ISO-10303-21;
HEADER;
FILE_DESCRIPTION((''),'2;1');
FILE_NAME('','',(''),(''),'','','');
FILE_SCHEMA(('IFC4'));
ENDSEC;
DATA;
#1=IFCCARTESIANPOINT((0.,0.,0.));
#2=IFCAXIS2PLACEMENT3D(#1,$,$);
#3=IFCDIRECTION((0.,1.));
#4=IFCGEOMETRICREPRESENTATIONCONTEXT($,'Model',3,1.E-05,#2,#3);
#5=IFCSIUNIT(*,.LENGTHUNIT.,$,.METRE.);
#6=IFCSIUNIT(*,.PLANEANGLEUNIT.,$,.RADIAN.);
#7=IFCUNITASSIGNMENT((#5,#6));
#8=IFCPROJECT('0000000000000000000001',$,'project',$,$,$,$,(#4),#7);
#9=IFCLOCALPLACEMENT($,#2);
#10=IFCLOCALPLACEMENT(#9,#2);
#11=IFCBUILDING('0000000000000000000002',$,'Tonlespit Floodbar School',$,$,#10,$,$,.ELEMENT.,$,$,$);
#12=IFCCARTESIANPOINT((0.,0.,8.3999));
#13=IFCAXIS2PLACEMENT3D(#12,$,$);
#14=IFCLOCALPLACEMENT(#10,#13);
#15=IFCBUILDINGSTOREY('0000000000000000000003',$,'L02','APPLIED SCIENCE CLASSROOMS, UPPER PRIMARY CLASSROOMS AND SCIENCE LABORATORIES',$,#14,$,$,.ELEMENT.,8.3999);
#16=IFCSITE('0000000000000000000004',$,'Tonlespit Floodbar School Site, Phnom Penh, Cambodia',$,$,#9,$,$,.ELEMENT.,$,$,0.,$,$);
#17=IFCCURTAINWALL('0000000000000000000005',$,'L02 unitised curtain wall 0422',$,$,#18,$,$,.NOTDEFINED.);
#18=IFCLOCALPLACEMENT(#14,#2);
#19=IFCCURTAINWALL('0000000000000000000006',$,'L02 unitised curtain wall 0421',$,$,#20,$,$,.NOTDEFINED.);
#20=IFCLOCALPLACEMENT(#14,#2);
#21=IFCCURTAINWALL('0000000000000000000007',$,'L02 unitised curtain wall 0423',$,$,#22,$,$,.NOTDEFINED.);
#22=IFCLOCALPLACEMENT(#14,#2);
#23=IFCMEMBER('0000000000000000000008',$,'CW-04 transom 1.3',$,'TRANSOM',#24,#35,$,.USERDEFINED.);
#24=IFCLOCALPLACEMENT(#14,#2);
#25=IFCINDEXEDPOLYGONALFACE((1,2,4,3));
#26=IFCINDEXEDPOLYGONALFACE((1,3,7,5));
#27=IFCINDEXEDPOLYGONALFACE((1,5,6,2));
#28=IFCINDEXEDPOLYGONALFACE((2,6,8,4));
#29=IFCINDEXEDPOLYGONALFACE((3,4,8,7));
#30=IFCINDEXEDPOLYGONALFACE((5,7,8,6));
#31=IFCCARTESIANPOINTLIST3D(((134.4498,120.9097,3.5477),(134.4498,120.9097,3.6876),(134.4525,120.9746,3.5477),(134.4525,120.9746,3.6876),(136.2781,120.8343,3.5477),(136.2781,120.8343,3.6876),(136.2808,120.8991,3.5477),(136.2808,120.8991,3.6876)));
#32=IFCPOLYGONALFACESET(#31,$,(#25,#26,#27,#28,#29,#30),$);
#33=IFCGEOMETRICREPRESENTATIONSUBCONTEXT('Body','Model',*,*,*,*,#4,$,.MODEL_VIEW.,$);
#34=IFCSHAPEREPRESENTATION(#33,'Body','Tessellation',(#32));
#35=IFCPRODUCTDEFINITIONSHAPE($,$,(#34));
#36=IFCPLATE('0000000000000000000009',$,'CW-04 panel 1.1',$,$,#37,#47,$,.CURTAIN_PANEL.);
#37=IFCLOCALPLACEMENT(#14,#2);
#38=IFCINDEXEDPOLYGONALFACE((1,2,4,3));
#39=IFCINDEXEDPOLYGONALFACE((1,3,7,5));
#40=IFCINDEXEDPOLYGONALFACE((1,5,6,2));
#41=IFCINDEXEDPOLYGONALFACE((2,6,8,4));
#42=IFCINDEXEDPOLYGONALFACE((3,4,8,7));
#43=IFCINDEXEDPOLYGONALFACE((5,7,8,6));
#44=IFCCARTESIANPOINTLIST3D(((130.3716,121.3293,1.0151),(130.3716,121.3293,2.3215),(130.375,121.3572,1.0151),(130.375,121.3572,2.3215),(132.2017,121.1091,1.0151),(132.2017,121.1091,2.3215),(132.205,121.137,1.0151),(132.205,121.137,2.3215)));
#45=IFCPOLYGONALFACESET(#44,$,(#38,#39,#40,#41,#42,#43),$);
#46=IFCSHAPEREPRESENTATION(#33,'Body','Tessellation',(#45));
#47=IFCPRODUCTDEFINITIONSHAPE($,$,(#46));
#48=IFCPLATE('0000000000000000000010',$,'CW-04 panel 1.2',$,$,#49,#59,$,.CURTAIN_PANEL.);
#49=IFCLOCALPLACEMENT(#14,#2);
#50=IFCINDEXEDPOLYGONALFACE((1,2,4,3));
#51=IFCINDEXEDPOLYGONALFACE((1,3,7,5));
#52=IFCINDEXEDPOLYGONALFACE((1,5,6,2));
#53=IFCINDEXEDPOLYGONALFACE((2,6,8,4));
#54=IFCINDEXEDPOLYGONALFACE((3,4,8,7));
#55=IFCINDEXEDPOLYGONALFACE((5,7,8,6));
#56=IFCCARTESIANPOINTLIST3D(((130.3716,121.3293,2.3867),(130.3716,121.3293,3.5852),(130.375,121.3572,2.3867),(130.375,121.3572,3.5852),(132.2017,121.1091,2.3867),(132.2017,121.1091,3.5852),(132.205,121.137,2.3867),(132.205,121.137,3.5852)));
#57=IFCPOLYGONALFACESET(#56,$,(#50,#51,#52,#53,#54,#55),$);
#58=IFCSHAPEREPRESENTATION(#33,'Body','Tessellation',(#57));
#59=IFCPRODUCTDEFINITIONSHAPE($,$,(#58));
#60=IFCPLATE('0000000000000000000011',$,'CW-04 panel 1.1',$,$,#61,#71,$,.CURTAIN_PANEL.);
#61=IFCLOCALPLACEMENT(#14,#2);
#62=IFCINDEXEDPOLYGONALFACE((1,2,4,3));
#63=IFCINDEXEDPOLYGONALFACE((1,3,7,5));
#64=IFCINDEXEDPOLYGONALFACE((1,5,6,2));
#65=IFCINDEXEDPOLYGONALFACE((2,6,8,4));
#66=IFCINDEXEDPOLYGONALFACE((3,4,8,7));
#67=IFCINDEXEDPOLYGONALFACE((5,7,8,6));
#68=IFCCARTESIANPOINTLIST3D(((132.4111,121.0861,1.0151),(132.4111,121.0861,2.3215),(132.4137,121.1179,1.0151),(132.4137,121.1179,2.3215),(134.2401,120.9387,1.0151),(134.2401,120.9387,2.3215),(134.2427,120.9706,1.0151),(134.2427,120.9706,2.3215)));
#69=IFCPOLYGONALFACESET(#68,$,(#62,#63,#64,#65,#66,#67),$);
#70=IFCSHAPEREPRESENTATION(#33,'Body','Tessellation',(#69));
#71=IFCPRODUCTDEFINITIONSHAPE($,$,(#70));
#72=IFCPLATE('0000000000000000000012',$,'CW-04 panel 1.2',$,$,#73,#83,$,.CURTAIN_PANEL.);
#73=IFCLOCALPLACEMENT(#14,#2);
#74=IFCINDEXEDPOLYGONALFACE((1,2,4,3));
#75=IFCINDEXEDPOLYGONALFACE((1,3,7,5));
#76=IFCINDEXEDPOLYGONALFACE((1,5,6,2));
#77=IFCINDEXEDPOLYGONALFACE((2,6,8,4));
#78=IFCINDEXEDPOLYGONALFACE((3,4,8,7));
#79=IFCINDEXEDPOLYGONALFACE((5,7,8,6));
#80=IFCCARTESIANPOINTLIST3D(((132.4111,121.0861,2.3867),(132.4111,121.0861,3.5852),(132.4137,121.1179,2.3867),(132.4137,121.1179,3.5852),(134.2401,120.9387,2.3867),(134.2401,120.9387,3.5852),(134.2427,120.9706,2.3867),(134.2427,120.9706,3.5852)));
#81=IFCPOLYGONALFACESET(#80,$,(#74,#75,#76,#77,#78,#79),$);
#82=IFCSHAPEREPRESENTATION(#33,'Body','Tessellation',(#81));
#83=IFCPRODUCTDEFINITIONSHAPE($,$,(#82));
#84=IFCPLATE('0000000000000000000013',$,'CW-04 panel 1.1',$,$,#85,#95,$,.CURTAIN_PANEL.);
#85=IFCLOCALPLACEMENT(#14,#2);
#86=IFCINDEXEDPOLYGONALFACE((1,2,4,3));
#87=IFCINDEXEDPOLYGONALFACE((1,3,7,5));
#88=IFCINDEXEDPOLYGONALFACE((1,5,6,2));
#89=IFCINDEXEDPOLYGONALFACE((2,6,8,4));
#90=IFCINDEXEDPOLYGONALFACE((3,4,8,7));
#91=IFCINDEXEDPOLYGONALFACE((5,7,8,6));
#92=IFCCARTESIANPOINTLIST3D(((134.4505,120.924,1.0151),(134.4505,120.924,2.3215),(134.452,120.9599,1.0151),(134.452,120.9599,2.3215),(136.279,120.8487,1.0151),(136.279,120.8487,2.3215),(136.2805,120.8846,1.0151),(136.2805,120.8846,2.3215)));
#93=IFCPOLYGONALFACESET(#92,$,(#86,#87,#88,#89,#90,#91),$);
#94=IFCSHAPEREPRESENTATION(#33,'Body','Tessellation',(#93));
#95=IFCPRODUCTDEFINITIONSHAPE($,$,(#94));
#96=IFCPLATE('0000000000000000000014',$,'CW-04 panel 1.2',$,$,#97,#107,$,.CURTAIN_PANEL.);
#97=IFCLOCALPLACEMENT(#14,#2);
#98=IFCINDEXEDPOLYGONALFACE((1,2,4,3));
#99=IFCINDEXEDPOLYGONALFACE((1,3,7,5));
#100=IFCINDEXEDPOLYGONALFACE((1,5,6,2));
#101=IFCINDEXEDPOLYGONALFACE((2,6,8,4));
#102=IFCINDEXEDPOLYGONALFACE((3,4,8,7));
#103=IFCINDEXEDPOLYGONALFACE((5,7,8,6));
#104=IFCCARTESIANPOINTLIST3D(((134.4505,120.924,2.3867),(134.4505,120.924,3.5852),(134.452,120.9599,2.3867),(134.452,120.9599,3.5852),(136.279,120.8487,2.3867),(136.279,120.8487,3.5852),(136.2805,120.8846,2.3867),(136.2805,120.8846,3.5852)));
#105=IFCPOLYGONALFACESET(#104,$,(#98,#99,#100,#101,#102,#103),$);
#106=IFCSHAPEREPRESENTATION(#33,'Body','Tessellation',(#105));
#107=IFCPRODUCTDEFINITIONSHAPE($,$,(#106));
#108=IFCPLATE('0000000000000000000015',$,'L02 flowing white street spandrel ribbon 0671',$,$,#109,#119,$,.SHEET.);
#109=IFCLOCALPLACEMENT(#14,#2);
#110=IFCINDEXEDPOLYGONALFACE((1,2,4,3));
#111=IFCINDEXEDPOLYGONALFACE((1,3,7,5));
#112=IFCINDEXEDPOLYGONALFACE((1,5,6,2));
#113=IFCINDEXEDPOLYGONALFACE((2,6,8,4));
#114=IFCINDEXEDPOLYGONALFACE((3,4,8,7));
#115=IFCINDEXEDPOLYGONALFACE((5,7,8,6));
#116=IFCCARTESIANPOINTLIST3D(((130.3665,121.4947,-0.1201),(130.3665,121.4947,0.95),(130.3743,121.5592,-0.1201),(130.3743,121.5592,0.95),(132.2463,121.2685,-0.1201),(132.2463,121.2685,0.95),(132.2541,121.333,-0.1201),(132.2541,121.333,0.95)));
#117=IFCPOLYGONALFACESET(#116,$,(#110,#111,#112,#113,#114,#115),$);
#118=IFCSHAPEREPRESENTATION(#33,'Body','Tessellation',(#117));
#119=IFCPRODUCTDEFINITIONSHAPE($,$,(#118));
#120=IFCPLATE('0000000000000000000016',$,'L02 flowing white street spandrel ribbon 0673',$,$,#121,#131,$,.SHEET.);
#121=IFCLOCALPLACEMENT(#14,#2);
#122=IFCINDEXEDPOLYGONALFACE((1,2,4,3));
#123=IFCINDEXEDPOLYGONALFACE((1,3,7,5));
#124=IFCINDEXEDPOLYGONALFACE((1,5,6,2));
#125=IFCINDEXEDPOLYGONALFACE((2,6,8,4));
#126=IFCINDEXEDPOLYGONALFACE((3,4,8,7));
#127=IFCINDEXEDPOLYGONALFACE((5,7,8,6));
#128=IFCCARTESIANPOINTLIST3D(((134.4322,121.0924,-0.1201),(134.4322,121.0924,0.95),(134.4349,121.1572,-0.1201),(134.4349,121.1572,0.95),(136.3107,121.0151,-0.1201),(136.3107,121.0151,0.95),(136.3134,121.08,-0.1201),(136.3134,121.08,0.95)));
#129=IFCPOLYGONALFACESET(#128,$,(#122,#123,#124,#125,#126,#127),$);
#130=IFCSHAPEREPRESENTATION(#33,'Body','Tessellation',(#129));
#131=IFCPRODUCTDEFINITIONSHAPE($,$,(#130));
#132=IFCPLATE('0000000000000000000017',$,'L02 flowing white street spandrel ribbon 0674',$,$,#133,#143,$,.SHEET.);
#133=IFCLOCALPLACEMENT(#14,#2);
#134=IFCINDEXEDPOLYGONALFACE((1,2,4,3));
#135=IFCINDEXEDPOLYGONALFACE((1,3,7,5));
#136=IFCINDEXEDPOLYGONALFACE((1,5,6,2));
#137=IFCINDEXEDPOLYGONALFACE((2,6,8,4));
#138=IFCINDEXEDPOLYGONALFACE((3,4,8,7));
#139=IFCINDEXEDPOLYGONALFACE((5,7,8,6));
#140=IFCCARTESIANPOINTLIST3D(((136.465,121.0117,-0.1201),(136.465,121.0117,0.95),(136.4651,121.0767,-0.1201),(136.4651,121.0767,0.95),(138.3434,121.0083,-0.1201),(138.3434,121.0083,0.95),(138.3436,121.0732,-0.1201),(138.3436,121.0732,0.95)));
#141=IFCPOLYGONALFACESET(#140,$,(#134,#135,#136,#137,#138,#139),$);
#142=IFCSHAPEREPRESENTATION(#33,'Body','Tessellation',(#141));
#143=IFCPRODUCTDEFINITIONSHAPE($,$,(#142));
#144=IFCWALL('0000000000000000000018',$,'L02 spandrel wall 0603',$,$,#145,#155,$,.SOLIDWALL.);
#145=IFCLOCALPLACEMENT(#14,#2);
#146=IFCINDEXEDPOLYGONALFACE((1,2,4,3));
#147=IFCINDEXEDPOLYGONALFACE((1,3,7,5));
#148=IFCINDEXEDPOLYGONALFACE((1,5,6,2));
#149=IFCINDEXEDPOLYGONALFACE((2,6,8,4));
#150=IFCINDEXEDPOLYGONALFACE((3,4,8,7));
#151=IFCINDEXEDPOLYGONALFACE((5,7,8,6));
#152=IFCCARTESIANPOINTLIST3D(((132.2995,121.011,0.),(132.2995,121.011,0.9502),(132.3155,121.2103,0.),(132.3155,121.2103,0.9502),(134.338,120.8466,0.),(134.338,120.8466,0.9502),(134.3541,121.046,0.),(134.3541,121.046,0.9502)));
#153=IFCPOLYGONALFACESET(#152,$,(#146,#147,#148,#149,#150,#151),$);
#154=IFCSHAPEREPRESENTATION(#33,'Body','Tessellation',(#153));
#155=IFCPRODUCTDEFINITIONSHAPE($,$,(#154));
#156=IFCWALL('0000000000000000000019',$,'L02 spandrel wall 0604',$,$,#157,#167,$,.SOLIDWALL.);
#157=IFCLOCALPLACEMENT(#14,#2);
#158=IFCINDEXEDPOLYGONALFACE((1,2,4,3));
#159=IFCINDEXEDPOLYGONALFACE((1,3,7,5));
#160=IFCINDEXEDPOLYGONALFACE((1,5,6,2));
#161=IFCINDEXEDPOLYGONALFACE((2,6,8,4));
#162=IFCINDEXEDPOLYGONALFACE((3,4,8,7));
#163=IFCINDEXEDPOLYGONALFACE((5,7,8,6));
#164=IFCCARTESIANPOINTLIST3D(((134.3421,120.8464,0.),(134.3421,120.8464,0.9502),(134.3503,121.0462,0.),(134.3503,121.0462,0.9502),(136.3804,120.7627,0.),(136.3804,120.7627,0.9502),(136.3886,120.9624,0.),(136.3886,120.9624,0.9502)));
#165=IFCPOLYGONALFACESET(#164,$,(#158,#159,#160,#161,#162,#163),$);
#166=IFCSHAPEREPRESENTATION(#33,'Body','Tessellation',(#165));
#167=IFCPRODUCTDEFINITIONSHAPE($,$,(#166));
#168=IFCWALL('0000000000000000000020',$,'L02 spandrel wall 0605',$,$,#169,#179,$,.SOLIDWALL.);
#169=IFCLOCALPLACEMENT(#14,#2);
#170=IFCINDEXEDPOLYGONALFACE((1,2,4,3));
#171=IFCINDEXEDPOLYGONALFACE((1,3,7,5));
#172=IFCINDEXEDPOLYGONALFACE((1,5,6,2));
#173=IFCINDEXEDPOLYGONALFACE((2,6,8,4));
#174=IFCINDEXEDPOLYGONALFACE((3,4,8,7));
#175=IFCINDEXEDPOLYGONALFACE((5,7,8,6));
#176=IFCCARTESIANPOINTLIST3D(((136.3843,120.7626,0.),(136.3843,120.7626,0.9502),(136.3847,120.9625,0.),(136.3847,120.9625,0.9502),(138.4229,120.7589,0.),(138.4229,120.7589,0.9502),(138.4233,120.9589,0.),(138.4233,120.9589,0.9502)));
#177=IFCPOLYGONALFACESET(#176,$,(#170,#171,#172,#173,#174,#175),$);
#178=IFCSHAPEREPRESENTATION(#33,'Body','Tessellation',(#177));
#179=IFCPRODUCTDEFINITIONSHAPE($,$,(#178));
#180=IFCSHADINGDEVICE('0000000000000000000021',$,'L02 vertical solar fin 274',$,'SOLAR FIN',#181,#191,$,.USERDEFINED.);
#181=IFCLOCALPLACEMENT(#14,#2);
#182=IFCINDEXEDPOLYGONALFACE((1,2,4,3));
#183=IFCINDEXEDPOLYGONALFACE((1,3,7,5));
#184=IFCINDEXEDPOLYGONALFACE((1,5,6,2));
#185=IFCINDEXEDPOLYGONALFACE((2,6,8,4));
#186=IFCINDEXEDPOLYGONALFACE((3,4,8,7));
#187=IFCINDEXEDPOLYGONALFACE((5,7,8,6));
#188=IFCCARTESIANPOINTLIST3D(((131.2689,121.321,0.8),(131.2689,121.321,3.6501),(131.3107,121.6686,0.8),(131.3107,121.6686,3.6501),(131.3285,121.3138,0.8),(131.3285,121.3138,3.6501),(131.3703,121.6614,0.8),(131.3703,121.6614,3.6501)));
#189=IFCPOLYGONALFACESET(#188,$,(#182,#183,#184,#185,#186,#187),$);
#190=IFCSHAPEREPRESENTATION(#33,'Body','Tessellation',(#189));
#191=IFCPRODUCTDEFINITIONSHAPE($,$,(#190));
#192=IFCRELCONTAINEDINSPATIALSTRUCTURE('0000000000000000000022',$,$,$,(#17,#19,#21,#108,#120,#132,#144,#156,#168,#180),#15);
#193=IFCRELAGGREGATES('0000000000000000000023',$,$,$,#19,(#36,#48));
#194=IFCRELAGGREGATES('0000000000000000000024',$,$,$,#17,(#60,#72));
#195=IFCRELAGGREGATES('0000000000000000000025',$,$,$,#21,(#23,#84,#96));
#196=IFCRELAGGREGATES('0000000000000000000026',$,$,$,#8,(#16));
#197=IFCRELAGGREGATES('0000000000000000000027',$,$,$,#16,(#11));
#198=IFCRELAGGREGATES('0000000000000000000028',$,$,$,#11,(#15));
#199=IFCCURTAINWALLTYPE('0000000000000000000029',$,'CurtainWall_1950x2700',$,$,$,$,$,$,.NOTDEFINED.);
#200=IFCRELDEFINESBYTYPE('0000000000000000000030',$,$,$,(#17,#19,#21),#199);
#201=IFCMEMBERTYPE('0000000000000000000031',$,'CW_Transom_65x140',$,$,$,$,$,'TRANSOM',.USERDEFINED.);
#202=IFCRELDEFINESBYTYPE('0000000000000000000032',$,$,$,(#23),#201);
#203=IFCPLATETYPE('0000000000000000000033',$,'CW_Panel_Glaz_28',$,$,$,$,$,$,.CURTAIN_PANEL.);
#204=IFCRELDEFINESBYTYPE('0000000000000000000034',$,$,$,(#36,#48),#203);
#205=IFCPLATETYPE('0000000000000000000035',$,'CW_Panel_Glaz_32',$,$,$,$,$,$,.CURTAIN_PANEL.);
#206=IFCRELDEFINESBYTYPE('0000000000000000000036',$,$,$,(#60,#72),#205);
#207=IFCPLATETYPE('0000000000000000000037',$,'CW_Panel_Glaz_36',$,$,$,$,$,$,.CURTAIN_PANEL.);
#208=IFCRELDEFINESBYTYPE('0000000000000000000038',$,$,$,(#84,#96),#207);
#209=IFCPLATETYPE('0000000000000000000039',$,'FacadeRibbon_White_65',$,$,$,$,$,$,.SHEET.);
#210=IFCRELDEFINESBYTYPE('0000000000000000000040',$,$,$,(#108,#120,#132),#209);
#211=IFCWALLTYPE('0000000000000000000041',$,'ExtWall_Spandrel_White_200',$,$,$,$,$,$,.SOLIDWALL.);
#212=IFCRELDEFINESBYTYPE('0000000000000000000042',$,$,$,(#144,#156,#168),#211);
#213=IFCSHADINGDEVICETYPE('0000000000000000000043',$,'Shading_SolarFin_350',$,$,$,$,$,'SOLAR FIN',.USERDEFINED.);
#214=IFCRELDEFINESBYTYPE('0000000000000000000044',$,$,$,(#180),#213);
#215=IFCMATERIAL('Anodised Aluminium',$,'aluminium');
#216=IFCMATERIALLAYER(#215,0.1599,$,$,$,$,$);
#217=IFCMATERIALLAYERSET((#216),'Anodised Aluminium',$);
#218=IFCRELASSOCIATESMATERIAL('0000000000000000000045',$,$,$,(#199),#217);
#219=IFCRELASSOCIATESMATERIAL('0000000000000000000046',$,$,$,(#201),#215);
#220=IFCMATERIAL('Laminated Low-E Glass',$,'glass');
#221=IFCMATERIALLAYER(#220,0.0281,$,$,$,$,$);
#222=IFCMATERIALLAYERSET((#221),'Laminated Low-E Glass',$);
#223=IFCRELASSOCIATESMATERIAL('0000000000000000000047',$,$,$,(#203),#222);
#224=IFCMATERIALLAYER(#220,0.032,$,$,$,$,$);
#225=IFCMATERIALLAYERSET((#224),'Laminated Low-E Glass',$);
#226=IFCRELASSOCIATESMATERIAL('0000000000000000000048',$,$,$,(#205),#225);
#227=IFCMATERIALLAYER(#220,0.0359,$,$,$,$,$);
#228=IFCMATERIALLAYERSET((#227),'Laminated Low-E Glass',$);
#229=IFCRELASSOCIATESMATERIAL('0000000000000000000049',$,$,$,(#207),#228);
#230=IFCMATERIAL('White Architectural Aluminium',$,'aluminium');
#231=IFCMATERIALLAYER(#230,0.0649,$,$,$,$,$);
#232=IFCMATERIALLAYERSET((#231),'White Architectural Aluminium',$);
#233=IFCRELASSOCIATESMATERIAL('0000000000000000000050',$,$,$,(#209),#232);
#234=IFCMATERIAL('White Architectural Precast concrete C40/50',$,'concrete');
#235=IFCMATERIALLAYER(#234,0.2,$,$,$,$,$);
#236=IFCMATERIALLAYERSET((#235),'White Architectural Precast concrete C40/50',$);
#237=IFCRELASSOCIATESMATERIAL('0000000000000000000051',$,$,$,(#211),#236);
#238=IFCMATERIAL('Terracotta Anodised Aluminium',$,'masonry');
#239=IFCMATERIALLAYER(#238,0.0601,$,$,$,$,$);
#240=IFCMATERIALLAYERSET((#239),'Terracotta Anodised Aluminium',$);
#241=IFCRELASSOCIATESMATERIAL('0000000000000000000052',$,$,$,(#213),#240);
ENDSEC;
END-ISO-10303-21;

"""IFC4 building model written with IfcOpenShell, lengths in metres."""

from ifc_helpers import new_model, si_unit, direction, frame, frame_2d, origin, origin_2d, place, context, subcontext, project, spatial, rectangle, extrude, material, layer, layer_set, material_profile, profile_set, type_object, element, aggregate, save


model = new_model("IFC4")

# Units and contexts
model_context = context("Model", 3, precision=1e-05, world=origin(), true_north=direction((0.0, 1.0)))
body_context = subcontext(model_context, "Body", "Model", "MODEL_VIEW")
ifc_project = project(units=[si_unit("LENGTHUNIT", "METRE"), si_unit("PLANEANGLEUNIT", "RADIAN")], contexts=[model_context])

# Site, building, storey
site_placement = place(None, origin())
site = spatial("IfcSite", under=ifc_project, at=site_placement, Name="Tonlespit Floodbar School Site, Phnom Penh, Cambodia", CompositionType="ELEMENT", RefElevation=0.0)
building_placement = place(site_placement, origin())
building = spatial("IfcBuilding", under=site, at=building_placement, Name="Tonlespit Floodbar School", CompositionType="ELEMENT")
storey_placement = place(building_placement, frame((0.0, 0.0, 8.3999)))
storey = spatial("IfcBuildingStorey", under=building, at=storey_placement, Name="L02", Description="APPLIED SCIENCE CLASSROOMS, UPPER PRIMARY CLASSROOMS AND SCIENCE LABORATORIES", CompositionType="ELEMENT", Elevation=8.3999)

# Curtain wall
ifc_material_1 = material(Name="Anodised Aluminium", Category="aluminium")
ifc_layer_1 = layer(ifc_material_1, 0.1599)
ifc_layer_set_1 = layer_set([ifc_layer_1], Name="Anodised Aluminium")
curtain_wall_type = type_object("IfcCurtainWallType", Name="CurtainWall_1950x2700", PredefinedType="NOTDEFINED", material=ifc_layer_set_1)
curtain_wall_1_placement = place(storey_placement, origin())
curtain_wall_1 = element("IfcCurtainWall", 1, at=curtain_wall_1_placement, inside=storey, type_object=curtain_wall_type, Name="L02 unitised curtain wall 0422", PredefinedType="NOTDEFINED")

# Curtain wall
curtain_wall_2_placement = place(storey_placement, origin())
curtain_wall_2 = element("IfcCurtainWall", 2, at=curtain_wall_2_placement, inside=storey, type_object=curtain_wall_type, Name="L02 unitised curtain wall 0421", PredefinedType="NOTDEFINED")

# Curtain wall
curtain_wall_3_placement = place(storey_placement, origin())
curtain_wall_3 = element("IfcCurtainWall", 3, at=curtain_wall_3_placement, inside=storey, type_object=curtain_wall_type, Name="L02 unitised curtain wall 0423", PredefinedType="NOTDEFINED")

# Member
ifc_material_profile_1 = material_profile(ifc_material_1, rectangle(XDim=0.0649, YDim=0.1399, at=origin_2d()), Name="ALU T65x140")
ifc_profile_set_1 = profile_set([ifc_material_profile_1], Name="Anodised Aluminium")
member_type_1 = type_object("IfcMemberType", Name="CW_Transom_65x140", ElementType="TRANSOM", PredefinedType="USERDEFINED", material=ifc_profile_set_1)
member_1_placement = place(storey_placement, frame((134.4512, 120.9421, 3.6177), z_axis=(0.99915, -0.041225, 0.0), x_axis=(0.041225, 0.99915, 0.0)))
member_1 = element("IfcMember", 4, at=member_1_placement, type_object=member_type_1, Name="CW-04 transom 1.3", ObjectType="TRANSOM", PredefinedType="USERDEFINED", context=body_context, shape_type="SweptSolid", body=[
    extrude(rectangle(XDim=0.0649, YDim=0.1399, at=origin_2d()), origin(), (0.0, 0.0, 1.0), 1.8298),
])

# Plates
ifc_material_2 = material(Name="Laminated Low-E Glass", Category="glass")
ifc_layer_2 = layer(ifc_material_2, 0.0281)
ifc_layer_set_2 = layer_set([ifc_layer_2], Name="Laminated Low-E Glass")
plate_type_1 = type_object("IfcPlateType", Name="CW_Panel_Glaz_28", PredefinedType="CURTAIN_PANEL", material=ifc_layer_set_2)
plate_1_placement = place(storey_placement, frame((131.2883, 121.2332, 1.0151), z_axis=(0.0, 0.0, 1.0), x_axis=(0.99284, -0.119449, 0.0)))
plate_1 = element("IfcPlate", 5, at=plate_1_placement, type_object=plate_type_1, Name="CW-04 panel 1.1", PredefinedType="CURTAIN_PANEL", context=body_context, shape_type="SweptSolid", body=[
    extrude(rectangle(XDim=1.8433, YDim=0.0281, at=origin_2d()), origin(), (0.0, 0.0, 1.0), 1.3064),
])
plate_2_placement = place(storey_placement, frame((131.2883, 121.2332, 2.3867), z_axis=(0.0, 0.0, 1.0), x_axis=(0.99284, -0.119449, 0.0)))
plate_2 = element("IfcPlate", 6, at=plate_2_placement, type_object=plate_type_1, Name="CW-04 panel 1.2", PredefinedType="CURTAIN_PANEL", context=body_context, shape_type="SweptSolid", body=[
    extrude(rectangle(XDim=1.8433, YDim=0.0281, at=origin_2d()), origin(), (0.0, 0.0, 1.0), 1.1985),
])
aggregate(curtain_wall_2, [plate_1, plate_2])
ifc_layer_3 = layer(ifc_material_2, 0.032)
ifc_layer_set_3 = layer_set([ifc_layer_3], Name="Laminated Low-E Glass")
plate_type_2 = type_object("IfcPlateType", Name="CW_Panel_Glaz_32", PredefinedType="CURTAIN_PANEL", material=ifc_layer_set_3)
plate_3_placement = place(storey_placement, frame((133.3269, 121.0283, 1.0151), z_axis=(0.0, 0.0, 1.0), x_axis=(0.99677, -0.080303, 0.0)))
plate_3 = element("IfcPlate", 7, at=plate_3_placement, type_object=plate_type_2, Name="CW-04 panel 1.1", PredefinedType="CURTAIN_PANEL", context=body_context, shape_type="SweptSolid", body=[
    extrude(rectangle(XDim=1.835, YDim=0.032, at=origin_2d()), origin(), (0.0, 0.0, 1.0), 1.3064),
])
plate_4_placement = place(storey_placement, frame((133.3269, 121.0283, 2.3867), z_axis=(0.0, 0.0, 1.0), x_axis=(0.99677, -0.080303, 0.0)))
plate_4 = element("IfcPlate", 8, at=plate_4_placement, type_object=plate_type_2, Name="CW-04 panel 1.2", PredefinedType="CURTAIN_PANEL", context=body_context, shape_type="SweptSolid", body=[
    extrude(rectangle(XDim=1.835, YDim=0.032, at=origin_2d()), origin(), (0.0, 0.0, 1.0), 1.1985),
])
aggregate(curtain_wall_1, [plate_3, plate_4])
ifc_layer_4 = layer(ifc_material_2, 0.0359)
ifc_layer_set_4 = layer_set([ifc_layer_4], Name="Laminated Low-E Glass")
plate_type_3 = type_object("IfcPlateType", Name="CW_Panel_Glaz_36", PredefinedType="CURTAIN_PANEL", material=ifc_layer_set_4)
plate_5_placement = place(storey_placement, frame((135.3655, 120.9043, 1.0151), z_axis=(0.0, 0.0, 1.0), x_axis=(0.999154, -0.041121, 0.0)))
plate_5 = element("IfcPlate", 9, at=plate_5_placement, type_object=plate_type_3, Name="CW-04 panel 1.1", PredefinedType="CURTAIN_PANEL", context=body_context, shape_type="SweptSolid", body=[
    extrude(rectangle(XDim=1.8301, YDim=0.0359, at=origin_2d()), origin(), (0.0, 0.0, 1.0), 1.3064),
])
plate_6_placement = place(storey_placement, frame((135.3655, 120.9043, 2.3867), z_axis=(0.0, 0.0, 1.0), x_axis=(0.999154, -0.041121, 0.0)))
plate_6 = element("IfcPlate", 10, at=plate_6_placement, type_object=plate_type_3, Name="CW-04 panel 1.2", PredefinedType="CURTAIN_PANEL", context=body_context, shape_type="SweptSolid", body=[
    extrude(rectangle(XDim=1.8301, YDim=0.0359, at=origin_2d()), origin(), (0.0, 0.0, 1.0), 1.1985),
])
aggregate(curtain_wall_3, [member_1, plate_5, plate_6])

# Plates
ifc_material_3 = material(Name="White Architectural Aluminium", Category="aluminium")
ifc_layer_5 = layer(ifc_material_3, 0.0649)
ifc_layer_set_5 = layer_set([ifc_layer_5], Name="White Architectural Aluminium")
plate_type_4 = type_object("IfcPlateType", Name="FacadeRibbon_White_65", PredefinedType="SHEET", material=ifc_layer_set_5)
plate_7_placement = place(storey_placement, frame((131.3103, 121.4138, -0.1201), z_axis=(0.0, 0.0, 1.0), x_axis=(0.992838, -0.119471, 0.0)))
element("IfcPlate", 11, at=plate_7_placement, inside=storey, type_object=plate_type_4, Name="L02 flowing white street spandrel ribbon 0671", PredefinedType="SHEET", context=body_context, shape_type="SweptSolid", body=[
    extrude(rectangle(XDim=1.8933, YDim=0.0649, at=origin_2d()), origin(), (0.0, 0.0, 1.0), 1.0701),
])
plate_8_placement = place(storey_placement, frame((135.3728, 121.0862, -0.1201), z_axis=(0.0, 0.0, 1.0), x_axis=(0.999156, -0.041075, 0.0)))
element("IfcPlate", 12, at=plate_8_placement, inside=storey, type_object=plate_type_4, Name="L02 flowing white street spandrel ribbon 0673", PredefinedType="SHEET", context=body_context, shape_type="SweptSolid", body=[
    extrude(rectangle(XDim=1.8801, YDim=0.0649, at=origin_2d()), origin(), (0.0, 0.0, 1.0), 1.0701),
])
plate_9_placement = place(storey_placement, frame((137.4043, 121.0425, -0.1201), z_axis=(0.0, 0.0, 1.0), x_axis=(0.999998, -0.001815, 0.0)))
element("IfcPlate", 13, at=plate_9_placement, inside=storey, type_object=plate_type_4, Name="L02 flowing white street spandrel ribbon 0674", PredefinedType="SHEET", context=body_context, shape_type="SweptSolid", body=[
    extrude(rectangle(XDim=1.8784, YDim=0.0649, at=origin_2d()), origin(), (0.0, 0.0, 1.0), 1.0701),
])

# Walls
ifc_material_4 = material(Name="White Architectural Precast concrete C40/50", Category="concrete")
ifc_layer_6 = layer(ifc_material_4, 0.2)
ifc_layer_set_6 = layer_set([ifc_layer_6], Name="White Architectural Precast concrete C40/50")
wall_type = type_object("IfcWallType", Name="ExtWall_Spandrel_White_200", PredefinedType="SOLIDWALL", material=ifc_layer_set_6)
wall_1_placement = place(storey_placement, frame((132.3076, 121.1106, 0.0), z_axis=(0.0, 0.0, 1.0), x_axis=(0.996768, -0.080338, 0.0)))
element("IfcWall", 14, at=wall_1_placement, inside=storey, type_object=wall_type, Name="L02 spandrel wall 0603", PredefinedType="SOLIDWALL", context=body_context, shape_type="SweptSolid", body=[
    extrude(rectangle(XDim=2.0452, YDim=0.2, at=frame_2d((1.0225, 0.0))), origin(), (0.0, 0.0, 1.0), 0.9502),
])
wall_2_placement = place(storey_placement, frame((134.3462, 120.9463, 0.0), z_axis=(0.0, 0.0, 1.0), x_axis=(0.999157, -0.041048, 0.0)))
element("IfcWall", 15, at=wall_2_placement, inside=storey, type_object=wall_type, Name="L02 spandrel wall 0604", PredefinedType="SOLIDWALL", context=body_context, shape_type="SweptSolid", body=[
    extrude(rectangle(XDim=2.04, YDim=0.2, at=frame_2d((1.02, 0.0))), origin(), (0.0, 0.0, 1.0), 0.9502),
])
wall_3_placement = place(storey_placement, frame((136.3845, 120.8625, 0.0), z_axis=(0.0, 0.0, 1.0), x_axis=(0.999998, -0.001796, 0.0)))
element("IfcWall", 16, at=wall_3_placement, inside=storey, type_object=wall_type, Name="L02 spandrel wall 0605", PredefinedType="SOLIDWALL", context=body_context, shape_type="SweptSolid", body=[
    extrude(rectangle(XDim=2.0386, YDim=0.2, at=frame_2d((1.0193, 0.0))), origin(), (0.0, 0.0, 1.0), 0.9502),
])

# Shading device
ifc_material_5 = material(Name="Terracotta Anodised Aluminium", Category="masonry")
ifc_layer_7 = layer(ifc_material_5, 0.0601)
ifc_layer_set_7 = layer_set([ifc_layer_7], Name="Terracotta Anodised Aluminium")
shading_device_type = type_object("IfcShadingDeviceType", Name="Shading_SolarFin_350", ElementType="SOLAR FIN", PredefinedType="USERDEFINED", material=ifc_layer_set_7)
for number, where, z_axis, x_axis, name in (
    (17, (131.3196, 121.4912, 0.8), (0.0, 0.0, 1.0), (0.992838, -0.119471, 0.0), "L02 vertical solar fin 274"),
):
    element("IfcShadingDevice", number, at=place(storey_placement, frame(where, z_axis=z_axis, x_axis=x_axis)), inside=storey, type_object=shading_device_type, Name=name, ObjectType="SOLAR FIN", PredefinedType="USERDEFINED", context=body_context, shape_type="SweptSolid", body=[
        extrude(rectangle(XDim=0.0601, YDim=0.3501, at=origin_2d()), origin(), (0.0, 0.0, 1.0), 2.8501),
    ])

save(model, "model.ifc")
